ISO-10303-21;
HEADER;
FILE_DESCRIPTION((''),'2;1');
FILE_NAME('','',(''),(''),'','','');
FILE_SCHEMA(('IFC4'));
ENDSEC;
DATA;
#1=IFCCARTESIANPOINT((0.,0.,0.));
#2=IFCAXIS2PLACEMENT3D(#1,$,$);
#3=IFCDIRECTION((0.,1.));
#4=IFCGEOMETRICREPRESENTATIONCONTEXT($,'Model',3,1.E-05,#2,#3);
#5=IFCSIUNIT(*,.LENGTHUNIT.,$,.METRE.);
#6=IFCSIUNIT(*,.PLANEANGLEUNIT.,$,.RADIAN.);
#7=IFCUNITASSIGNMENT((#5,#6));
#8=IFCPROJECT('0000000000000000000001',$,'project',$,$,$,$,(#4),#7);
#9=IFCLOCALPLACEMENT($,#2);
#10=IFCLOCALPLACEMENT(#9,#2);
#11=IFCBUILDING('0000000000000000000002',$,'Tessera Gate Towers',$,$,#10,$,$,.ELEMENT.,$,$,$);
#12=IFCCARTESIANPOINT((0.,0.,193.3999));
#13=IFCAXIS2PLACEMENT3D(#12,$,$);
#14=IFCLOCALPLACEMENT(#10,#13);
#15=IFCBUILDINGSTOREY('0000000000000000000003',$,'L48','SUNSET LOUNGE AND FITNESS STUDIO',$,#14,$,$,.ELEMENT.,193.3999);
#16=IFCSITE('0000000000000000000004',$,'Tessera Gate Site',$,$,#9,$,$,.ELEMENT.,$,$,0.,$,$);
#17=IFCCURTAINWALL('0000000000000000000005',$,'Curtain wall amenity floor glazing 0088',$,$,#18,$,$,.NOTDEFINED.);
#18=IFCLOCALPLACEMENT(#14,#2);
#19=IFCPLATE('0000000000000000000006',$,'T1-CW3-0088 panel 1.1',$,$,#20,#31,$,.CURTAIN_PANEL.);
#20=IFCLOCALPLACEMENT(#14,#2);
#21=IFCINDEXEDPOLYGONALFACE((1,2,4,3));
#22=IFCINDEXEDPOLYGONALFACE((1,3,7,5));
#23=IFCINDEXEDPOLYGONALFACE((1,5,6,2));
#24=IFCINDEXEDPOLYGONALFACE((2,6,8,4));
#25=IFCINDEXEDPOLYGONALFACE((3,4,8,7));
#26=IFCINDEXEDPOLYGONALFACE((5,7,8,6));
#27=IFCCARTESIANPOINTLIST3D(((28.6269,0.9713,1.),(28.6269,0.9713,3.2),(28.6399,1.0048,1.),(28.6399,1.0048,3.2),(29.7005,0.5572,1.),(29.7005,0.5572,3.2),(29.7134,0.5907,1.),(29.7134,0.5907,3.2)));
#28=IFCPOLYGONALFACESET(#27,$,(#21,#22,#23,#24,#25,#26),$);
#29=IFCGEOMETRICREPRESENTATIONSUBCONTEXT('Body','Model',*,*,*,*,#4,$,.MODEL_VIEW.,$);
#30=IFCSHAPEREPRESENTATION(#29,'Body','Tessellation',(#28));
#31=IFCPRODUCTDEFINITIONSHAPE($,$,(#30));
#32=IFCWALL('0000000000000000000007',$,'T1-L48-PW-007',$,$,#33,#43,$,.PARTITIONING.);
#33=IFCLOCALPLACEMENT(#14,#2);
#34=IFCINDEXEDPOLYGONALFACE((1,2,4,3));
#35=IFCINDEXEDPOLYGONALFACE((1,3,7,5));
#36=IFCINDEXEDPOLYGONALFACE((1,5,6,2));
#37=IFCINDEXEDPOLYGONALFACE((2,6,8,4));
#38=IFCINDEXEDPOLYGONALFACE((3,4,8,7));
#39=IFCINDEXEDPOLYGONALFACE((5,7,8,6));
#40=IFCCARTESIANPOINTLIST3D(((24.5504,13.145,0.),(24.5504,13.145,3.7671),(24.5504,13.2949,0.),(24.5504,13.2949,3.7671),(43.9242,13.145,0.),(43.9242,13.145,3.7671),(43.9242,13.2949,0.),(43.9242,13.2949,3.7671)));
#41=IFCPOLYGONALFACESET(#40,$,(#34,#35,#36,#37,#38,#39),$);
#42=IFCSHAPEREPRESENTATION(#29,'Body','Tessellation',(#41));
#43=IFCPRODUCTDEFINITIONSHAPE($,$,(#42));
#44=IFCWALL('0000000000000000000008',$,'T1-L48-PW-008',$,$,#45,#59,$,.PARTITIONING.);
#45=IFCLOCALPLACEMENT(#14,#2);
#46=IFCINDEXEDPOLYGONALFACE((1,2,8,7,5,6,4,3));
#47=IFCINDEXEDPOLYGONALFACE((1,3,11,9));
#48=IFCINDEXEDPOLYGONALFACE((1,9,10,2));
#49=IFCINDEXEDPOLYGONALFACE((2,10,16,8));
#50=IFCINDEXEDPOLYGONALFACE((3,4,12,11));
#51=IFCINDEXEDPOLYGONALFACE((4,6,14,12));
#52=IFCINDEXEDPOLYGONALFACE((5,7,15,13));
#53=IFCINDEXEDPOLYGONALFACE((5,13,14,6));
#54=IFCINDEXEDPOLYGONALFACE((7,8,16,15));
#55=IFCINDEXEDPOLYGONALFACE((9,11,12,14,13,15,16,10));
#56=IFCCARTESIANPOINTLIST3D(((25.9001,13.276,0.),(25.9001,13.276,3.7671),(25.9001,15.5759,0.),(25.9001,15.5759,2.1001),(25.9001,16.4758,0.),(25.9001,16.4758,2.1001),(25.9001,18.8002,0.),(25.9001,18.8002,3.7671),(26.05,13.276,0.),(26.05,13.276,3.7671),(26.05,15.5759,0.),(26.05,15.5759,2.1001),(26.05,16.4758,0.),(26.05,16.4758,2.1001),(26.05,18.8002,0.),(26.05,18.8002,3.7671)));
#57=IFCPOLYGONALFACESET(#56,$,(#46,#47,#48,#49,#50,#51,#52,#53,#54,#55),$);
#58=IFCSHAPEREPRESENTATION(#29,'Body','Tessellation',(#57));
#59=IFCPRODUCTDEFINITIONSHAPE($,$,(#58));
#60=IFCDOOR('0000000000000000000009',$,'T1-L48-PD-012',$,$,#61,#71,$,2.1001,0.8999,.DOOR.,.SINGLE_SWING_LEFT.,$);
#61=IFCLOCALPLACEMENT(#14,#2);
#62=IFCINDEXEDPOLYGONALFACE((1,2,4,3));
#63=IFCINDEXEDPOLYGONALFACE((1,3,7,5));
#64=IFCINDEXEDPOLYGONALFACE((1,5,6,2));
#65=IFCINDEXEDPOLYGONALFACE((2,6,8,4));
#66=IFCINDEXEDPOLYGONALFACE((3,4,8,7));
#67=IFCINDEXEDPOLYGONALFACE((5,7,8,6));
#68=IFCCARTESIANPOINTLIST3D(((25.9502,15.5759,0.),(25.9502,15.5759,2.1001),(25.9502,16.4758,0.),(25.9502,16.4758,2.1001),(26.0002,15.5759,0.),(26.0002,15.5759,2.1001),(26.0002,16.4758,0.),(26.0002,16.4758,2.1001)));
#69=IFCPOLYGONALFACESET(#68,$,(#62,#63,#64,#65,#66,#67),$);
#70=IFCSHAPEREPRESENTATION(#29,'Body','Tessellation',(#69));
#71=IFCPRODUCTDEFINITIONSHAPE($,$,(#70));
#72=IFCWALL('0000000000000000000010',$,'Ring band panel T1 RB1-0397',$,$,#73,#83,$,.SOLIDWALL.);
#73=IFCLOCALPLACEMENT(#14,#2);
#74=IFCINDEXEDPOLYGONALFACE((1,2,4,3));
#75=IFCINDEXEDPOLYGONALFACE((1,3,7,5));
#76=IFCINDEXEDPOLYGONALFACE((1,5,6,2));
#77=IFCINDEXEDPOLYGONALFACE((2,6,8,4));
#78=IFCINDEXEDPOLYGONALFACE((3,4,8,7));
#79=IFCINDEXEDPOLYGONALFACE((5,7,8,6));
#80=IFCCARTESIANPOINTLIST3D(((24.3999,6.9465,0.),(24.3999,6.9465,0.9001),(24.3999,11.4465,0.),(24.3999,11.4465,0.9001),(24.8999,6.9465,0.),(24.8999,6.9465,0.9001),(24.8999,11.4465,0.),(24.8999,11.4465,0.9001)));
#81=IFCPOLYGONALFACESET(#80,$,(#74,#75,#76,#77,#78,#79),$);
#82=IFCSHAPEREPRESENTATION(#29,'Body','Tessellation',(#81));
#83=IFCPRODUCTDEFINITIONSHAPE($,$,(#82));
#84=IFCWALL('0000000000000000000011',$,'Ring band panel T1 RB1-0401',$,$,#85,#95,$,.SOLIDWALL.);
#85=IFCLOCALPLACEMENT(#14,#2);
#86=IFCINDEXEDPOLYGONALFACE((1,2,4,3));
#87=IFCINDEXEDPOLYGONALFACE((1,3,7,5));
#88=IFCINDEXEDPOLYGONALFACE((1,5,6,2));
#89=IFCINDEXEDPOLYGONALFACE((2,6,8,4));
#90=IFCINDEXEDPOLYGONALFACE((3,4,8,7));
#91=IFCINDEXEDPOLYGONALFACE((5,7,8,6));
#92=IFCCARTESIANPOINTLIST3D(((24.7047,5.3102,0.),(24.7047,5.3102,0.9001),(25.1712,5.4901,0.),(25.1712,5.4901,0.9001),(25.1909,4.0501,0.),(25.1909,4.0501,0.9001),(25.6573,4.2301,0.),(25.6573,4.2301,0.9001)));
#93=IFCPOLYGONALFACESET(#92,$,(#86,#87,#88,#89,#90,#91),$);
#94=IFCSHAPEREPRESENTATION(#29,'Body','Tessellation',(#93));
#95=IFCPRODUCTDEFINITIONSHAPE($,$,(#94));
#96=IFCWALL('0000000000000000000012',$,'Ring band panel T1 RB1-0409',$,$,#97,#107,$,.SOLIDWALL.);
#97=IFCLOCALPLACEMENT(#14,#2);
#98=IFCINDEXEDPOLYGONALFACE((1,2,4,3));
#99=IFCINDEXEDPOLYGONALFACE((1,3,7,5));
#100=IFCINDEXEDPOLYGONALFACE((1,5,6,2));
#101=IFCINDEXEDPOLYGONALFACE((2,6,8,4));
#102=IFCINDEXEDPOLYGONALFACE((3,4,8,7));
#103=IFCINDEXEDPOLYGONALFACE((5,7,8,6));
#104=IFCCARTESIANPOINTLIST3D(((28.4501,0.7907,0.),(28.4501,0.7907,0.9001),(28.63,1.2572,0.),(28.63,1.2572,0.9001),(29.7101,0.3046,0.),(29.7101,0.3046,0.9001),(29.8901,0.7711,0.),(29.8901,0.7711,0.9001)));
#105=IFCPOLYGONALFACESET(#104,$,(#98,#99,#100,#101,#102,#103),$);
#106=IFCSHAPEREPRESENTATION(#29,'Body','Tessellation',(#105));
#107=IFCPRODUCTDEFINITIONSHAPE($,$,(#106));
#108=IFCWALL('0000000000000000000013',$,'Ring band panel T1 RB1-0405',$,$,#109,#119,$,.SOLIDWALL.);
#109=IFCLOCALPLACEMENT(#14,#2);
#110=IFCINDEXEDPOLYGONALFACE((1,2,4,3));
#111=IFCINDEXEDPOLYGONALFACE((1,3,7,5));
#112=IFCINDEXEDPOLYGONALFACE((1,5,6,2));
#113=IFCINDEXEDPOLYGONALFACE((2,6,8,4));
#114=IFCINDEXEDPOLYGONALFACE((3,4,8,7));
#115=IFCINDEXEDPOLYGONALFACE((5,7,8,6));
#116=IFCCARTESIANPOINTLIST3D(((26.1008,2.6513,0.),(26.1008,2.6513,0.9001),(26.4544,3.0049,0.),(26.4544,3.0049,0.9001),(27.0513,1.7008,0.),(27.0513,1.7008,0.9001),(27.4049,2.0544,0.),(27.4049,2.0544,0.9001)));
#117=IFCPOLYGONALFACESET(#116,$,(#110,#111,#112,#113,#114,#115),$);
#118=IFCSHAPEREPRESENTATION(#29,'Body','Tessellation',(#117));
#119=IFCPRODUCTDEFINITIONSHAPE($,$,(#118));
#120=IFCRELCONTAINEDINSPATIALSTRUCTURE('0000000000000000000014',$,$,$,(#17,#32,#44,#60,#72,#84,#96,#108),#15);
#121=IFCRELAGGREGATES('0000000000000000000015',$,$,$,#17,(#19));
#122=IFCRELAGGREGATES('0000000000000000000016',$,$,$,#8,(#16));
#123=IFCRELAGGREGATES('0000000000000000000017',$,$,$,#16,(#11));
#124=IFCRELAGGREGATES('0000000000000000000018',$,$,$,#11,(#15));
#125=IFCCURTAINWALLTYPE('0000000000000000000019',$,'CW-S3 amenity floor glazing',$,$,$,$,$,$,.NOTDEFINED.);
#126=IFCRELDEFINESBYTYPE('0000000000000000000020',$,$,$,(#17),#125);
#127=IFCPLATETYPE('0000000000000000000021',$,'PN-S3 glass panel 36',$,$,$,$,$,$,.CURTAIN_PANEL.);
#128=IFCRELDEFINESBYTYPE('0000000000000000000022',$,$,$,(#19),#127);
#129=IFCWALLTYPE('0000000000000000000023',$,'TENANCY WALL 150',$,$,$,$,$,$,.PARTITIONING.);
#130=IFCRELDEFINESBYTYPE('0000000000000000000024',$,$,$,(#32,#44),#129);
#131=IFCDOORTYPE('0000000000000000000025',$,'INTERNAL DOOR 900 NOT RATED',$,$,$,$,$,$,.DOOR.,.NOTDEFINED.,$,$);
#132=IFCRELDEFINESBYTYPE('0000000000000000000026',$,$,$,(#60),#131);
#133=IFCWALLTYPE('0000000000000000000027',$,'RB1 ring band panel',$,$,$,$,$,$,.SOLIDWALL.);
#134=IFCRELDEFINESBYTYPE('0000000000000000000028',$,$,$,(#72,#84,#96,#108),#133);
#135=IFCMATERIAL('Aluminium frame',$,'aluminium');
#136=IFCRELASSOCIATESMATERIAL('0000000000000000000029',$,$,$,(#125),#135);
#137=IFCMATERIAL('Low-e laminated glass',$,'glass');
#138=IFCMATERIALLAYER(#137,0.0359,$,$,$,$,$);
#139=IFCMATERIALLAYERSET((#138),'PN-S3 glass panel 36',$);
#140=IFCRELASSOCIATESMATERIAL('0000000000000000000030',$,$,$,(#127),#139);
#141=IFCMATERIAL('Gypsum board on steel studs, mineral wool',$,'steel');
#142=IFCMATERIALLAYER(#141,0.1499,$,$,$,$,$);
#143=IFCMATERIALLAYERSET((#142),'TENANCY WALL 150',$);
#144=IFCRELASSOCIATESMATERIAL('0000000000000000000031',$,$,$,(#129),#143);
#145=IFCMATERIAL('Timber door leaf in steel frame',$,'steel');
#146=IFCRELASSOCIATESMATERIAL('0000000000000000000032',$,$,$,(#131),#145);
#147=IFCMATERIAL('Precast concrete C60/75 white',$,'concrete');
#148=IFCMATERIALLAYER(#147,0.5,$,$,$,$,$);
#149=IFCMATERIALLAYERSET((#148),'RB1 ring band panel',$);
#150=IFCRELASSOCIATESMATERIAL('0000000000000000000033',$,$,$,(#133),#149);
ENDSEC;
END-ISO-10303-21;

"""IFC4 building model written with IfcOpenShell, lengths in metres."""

from ifc_helpers import new_model, si_unit, direction, frame, frame_2d, origin, origin_2d, place, context, subcontext, project, spatial, polyline, rectangle, outline, extrude, source, transform, mapped, material, layer, layer_set, type_object, element, fill, aggregate, save


model = new_model("IFC4")

# Units and contexts
model_context = context("Model", 3, precision=1e-05, world=origin(), true_north=direction((0.0, 1.0)))
body_context = subcontext(model_context, "Body", "Model", "MODEL_VIEW")
ifc_project = project(units=[si_unit("LENGTHUNIT", "METRE"), si_unit("PLANEANGLEUNIT", "RADIAN")], contexts=[model_context])

# Site, building, storey
site_placement = place(None, origin())
site = spatial("IfcSite", under=ifc_project, at=site_placement, Name="Tessera Gate Site", CompositionType="ELEMENT", RefElevation=0.0)
building_placement = place(site_placement, origin())
building = spatial("IfcBuilding", under=site, at=building_placement, Name="Tessera Gate Towers", CompositionType="ELEMENT")
storey_placement = place(building_placement, frame((0.0, 0.0, 193.3999)))
storey = spatial("IfcBuildingStorey", under=building, at=storey_placement, Name="L48", Description="SUNSET LOUNGE AND FITNESS STUDIO", CompositionType="ELEMENT", Elevation=193.3999)

# Shared definitions
ifc_material_1 = material(Name="Aluminium frame", Category="aluminium")
curtain_wall_type = type_object("IfcCurtainWallType", Name="CW-S3 amenity floor glazing", PredefinedType="NOTDEFINED", material=ifc_material_1)

# Curtain wall
curtain_wall_1_placement = place(storey_placement, origin())
curtain_wall_1 = element("IfcCurtainWall", 1, at=curtain_wall_1_placement, inside=storey, type_object=curtain_wall_type, Name="Curtain wall amenity floor glazing 0088", PredefinedType="NOTDEFINED")

# Plate
ifc_material_2 = material(Name="Low-e laminated glass", Category="glass")
ifc_layer_1 = layer(ifc_material_2, 0.0359)
ifc_layer_set_1 = layer_set([ifc_layer_1], Name="PN-S3 glass panel 36")
plate_type = type_object("IfcPlateType", Name="PN-S3 glass panel 36", PredefinedType="CURTAIN_PANEL", material=ifc_layer_set_1)
plate_1_placement = place(storey_placement, frame((29.1702, 0.781, 1.0), z_axis=(0.0, 0.0, 1.0), x_axis=(0.932989, -0.359904, 0.0)))
plate_1 = element("IfcPlate", 2, at=plate_1_placement, type_object=plate_type, Name="T1-CW3-0088 panel 1.1", PredefinedType="CURTAIN_PANEL", context=body_context, shape_type="SweptSolid", body=[
    extrude(rectangle(XDim=1.1506, YDim=0.0359, at=origin_2d()), origin(), (0.0, 0.0, 1.0), 2.2),
])
aggregate(curtain_wall_1, [plate_1])

# Wall
ifc_material_3 = material(Name="Gypsum board on steel studs, mineral wool", Category="steel")
ifc_layer_2 = layer(ifc_material_3, 0.1499)
ifc_layer_set_2 = layer_set([ifc_layer_2], Name="TENANCY WALL 150")
wall_type_1 = type_object("IfcWallType", Name="TENANCY WALL 150", PredefinedType="PARTITIONING", material=ifc_layer_set_2)
wall_1_placement = place(storey_placement, frame((24.5503, 13.22, 0.0), z_axis=(0.0, 0.0, 1.0), x_axis=(1.0, 0.0, 0.0)))
element("IfcWall", 3, at=wall_1_placement, inside=storey, type_object=wall_type_1, Name="T1-L48-PW-007", PredefinedType="PARTITIONING", context=body_context, shape_type="SweptSolid", body=[
    extrude(rectangle(XDim=19.3738, YDim=0.1499, at=frame_2d((9.687, 0.0))), origin(), (0.0, 0.0, 1.0), 3.7671),
])

# Wall, opening, door
wall_2_placement = place(storey_placement, frame((25.9751, 13.2759, 0.0), z_axis=(0.0, 0.0, 1.0), x_axis=(0.0, 1.0, 0.0)))
wall_2 = element("IfcWall", 4, at=wall_2_placement, inside=storey, type_object=wall_type_1, Name="T1-L48-PW-008", PredefinedType="PARTITIONING", context=body_context, shape_type="SweptSolid", body=[
    extrude(rectangle(XDim=5.5242, YDim=0.1499, at=frame_2d((2.7622, 0.0))), origin(), (0.0, 0.0, 1.0), 3.7671),
])
shared_shape_1 = source(origin(), body_context, "Body", "SweptSolid", [
    extrude(rectangle(XDim=0.8999, YDim=2.1001, at=frame_2d((0.45, 1.05))), frame((0.0, 0.085, 0.0), z_axis=(0.0, -1.0, 0.0), x_axis=(1.0, 0.0, 0.0)), (0.0, 0.0, 1.0), 0.1699),
])
opening_placement = place(wall_2_placement, frame((2.3, 0.0, 0.0)))
opening = element("IfcOpeningElement", 5, at=opening_placement, cuts=wall_2, PredefinedType="OPENING", context=body_context, shape_type="MappedRepresentation", body=[
    mapped(shared_shape_1, transform((0.0, 0.0, 0.0), scale=1.0)),
])
ifc_material_4 = material(Name="Timber door leaf in steel frame", Category="steel")
door_type = type_object("IfcDoorType", Name="INTERNAL DOOR 900 NOT RATED", OperationType="NOTDEFINED", PredefinedType="DOOR", material=ifc_material_4)
shared_shape_2 = source(origin(), body_context, "Body", "SweptSolid", [
    extrude(rectangle(XDim=0.8999, YDim=2.1001, at=frame_2d((0.45, 1.05))), frame((0.0, 0.0249, 0.0), z_axis=(0.0, -1.0, 0.0), x_axis=(1.0, 0.0, 0.0)), (0.0, 0.0, 1.0), 0.05),
])
door_placement = place(opening_placement, origin())
door = element("IfcDoor", 6, at=door_placement, inside=storey, type_object=door_type, Name="T1-L48-PD-012", OperationType="SINGLE_SWING_LEFT", OverallHeight=2.1001, OverallWidth=0.8999, PredefinedType="DOOR", context=body_context, shape_type="MappedRepresentation", body=[
    mapped(shared_shape_2, transform((0.0, 0.0, 0.0), scale=1.0)),
])
fill(opening, door)

# Walls
ifc_material_5 = material(Name="Precast concrete C60/75 white", Category="concrete")
ifc_layer_3 = layer(ifc_material_5, 0.5)
ifc_layer_set_3 = layer_set([ifc_layer_3], Name="RB1 ring band panel")
wall_type_2 = type_object("IfcWallType", Name="RB1 ring band panel", PredefinedType="SOLIDWALL", material=ifc_layer_set_3)
shared_shape_3 = source(origin(), body_context, "Body", "SweptSolid", [
    extrude(outline(polyline([(0.0, 0.0), (4.5, 0.0), (4.5, 0.9001), (0.0, 0.9001), (0.0, 0.0)])), frame((0.0, 0.25, 0.0), z_axis=(0.0, -1.0, 0.0), x_axis=(1.0, 0.0, 0.0)), (0.0, 0.0, 1.0), 0.5),
])
wall_3_placement = place(storey_placement, frame((24.6499, 11.4465, 0.0), z_axis=(0.0, 0.0, 1.0), x_axis=(0.0, -1.0, 0.0)))
element("IfcWall", 7, at=wall_3_placement, inside=storey, type_object=wall_type_2, Name="Ring band panel T1 RB1-0397", PredefinedType="SOLIDWALL", context=body_context, shape_type="MappedRepresentation", body=[
    mapped(shared_shape_3, transform((0.0, 0.0, 0.0), scale=1.0)),
])
shared_shape_4 = source(origin(), body_context, "Body", "SweptSolid", [
    extrude(outline(polyline([(0.0, 0.0), (1.3506, 0.0), (1.3506, 0.9001), (0.0, 0.9001), (0.0, 0.0)])), frame((0.0, 0.25, 0.0), z_axis=(0.0, -1.0, 0.0), x_axis=(1.0, 0.0, 0.0)), (0.0, 0.0, 1.0), 0.5),
])
for number, where, z_axis, x_axis, name in (
    (8, (24.938, 5.4001, 0.0), (0.0, 0.0, 1.0), (0.359924, -0.932982, 0.0), "Ring band panel T1 RB1-0401"),
    (9, (28.54, 1.0239, 0.0), (0.0, 0.0, 1.0), (0.932982, -0.359924, 0.0), "Ring band panel T1 RB1-0409"),
):
    element("IfcWall", number, at=place(storey_placement, frame(where, z_axis=z_axis, x_axis=x_axis)), inside=storey, type_object=wall_type_2, Name=name, PredefinedType="SOLIDWALL", context=body_context, shape_type="MappedRepresentation", body=[
        mapped(shared_shape_4, transform((0.0, 0.0, 0.0), scale=1.0)),
    ])
shared_shape_5 = source(origin(), body_context, "Body", "SweptSolid", [
    extrude(outline(polyline([(0.0, 0.0), (1.3442, 0.0), (1.3442, 0.9001), (0.0, 0.9001), (0.0, 0.0)])), frame((0.0, 0.25, 0.0), z_axis=(0.0, -1.0, 0.0), x_axis=(1.0, 0.0, 0.0)), (0.0, 0.0, 1.0), 0.5),
])
wall_4_placement = place(storey_placement, frame((26.2776, 2.8281, 0.0), z_axis=(0.0, 0.0, 1.0), x_axis=(0.707107, -0.707107, 0.0)))
element("IfcWall", 10, at=wall_4_placement, inside=storey, type_object=wall_type_2, Name="Ring band panel T1 RB1-0405", PredefinedType="SOLIDWALL", context=body_context, shape_type="MappedRepresentation", body=[
    mapped(shared_shape_5, transform((0.0, 0.0, 0.0), scale=1.0)),
])

save(model, "model.ifc")
